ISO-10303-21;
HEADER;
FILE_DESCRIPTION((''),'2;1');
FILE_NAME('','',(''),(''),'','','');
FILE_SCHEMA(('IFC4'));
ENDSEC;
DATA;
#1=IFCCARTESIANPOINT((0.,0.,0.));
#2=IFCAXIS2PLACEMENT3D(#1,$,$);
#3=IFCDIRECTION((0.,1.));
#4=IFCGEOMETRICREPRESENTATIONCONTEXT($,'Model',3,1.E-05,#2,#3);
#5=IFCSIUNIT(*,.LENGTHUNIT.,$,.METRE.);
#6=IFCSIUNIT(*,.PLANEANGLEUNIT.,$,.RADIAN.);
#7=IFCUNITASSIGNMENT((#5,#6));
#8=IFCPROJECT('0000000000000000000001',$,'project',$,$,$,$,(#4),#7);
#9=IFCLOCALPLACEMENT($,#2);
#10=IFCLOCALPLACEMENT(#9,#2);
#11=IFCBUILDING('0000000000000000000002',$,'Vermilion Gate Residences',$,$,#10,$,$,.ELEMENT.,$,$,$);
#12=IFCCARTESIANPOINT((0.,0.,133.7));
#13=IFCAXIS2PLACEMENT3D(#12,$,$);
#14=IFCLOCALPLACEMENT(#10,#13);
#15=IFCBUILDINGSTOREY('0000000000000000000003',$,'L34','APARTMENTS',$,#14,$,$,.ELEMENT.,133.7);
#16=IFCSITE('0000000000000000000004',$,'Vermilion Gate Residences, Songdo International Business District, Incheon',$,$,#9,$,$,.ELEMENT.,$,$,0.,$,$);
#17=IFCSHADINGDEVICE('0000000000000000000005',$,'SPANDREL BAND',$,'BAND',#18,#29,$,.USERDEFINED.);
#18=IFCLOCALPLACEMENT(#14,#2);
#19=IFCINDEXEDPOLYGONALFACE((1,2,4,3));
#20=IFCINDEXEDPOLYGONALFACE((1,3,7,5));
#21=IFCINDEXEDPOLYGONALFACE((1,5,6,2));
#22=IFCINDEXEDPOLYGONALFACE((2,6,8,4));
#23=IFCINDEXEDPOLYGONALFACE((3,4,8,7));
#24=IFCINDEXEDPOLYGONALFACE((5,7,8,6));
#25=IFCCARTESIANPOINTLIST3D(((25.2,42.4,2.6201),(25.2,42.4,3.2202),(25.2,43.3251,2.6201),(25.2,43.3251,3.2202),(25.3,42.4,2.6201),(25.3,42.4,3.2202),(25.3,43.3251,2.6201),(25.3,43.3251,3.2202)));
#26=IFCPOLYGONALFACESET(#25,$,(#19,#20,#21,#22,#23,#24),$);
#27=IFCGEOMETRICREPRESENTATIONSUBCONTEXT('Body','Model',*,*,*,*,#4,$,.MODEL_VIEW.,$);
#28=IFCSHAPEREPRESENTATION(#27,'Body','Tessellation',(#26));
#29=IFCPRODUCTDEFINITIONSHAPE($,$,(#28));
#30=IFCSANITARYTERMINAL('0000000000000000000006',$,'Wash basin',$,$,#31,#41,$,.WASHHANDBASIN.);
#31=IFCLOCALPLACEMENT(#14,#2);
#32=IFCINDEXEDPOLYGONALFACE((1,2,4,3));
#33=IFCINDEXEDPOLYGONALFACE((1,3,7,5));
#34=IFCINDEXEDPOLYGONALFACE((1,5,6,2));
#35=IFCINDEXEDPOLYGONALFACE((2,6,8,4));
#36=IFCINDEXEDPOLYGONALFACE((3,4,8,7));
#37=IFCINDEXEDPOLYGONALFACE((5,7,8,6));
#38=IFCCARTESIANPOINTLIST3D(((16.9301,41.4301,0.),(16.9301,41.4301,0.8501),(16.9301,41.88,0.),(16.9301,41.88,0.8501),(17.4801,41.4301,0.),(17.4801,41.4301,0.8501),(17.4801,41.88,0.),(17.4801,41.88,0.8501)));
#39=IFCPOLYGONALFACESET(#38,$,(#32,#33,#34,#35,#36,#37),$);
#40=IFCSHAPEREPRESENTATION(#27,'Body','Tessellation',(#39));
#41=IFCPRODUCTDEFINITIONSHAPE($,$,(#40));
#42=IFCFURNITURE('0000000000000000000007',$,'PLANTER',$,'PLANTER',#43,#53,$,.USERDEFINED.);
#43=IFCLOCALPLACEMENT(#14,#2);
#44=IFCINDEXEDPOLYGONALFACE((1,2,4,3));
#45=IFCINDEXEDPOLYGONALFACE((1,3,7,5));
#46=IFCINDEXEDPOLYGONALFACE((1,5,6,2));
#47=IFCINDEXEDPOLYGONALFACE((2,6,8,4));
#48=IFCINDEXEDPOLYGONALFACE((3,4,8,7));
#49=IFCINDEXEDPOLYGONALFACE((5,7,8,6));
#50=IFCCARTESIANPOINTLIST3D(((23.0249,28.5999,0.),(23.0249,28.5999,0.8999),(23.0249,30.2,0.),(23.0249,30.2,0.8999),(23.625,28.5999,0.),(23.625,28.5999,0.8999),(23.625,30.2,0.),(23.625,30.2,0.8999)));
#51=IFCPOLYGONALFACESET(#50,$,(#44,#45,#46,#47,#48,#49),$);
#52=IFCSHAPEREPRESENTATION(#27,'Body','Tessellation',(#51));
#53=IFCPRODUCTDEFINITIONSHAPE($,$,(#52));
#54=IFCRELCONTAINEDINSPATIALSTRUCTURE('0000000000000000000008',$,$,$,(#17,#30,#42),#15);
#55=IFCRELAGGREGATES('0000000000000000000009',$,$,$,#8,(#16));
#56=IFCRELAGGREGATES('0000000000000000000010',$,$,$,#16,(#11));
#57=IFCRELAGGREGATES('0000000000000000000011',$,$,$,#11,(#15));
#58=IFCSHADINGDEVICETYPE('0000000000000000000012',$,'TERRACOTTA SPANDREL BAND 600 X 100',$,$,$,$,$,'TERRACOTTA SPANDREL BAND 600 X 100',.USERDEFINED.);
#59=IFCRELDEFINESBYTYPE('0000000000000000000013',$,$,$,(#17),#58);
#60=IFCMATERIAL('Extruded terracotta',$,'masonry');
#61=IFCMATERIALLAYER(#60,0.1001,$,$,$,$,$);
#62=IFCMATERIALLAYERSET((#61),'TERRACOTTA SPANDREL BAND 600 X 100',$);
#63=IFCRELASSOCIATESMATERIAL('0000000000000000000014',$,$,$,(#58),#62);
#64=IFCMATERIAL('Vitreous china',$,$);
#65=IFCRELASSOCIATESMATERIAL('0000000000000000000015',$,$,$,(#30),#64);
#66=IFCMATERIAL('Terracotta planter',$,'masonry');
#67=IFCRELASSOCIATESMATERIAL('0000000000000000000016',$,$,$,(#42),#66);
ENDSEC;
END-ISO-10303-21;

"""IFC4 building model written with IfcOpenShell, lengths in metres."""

from ifc_helpers import new_model, si_unit, direction, frame, origin, origin_2d, place, context, subcontext, project, spatial, rectangle, extrude, material, layer, layer_set, type_object, element, save


model = new_model("IFC4")

# Units and contexts
model_context = context("Model", 3, precision=1e-05, world=origin(), true_north=direction((0.0, 1.0)))
body_context = subcontext(model_context, "Body", "Model", "MODEL_VIEW")
ifc_project = project(units=[si_unit("LENGTHUNIT", "METRE"), si_unit("PLANEANGLEUNIT", "RADIAN")], contexts=[model_context])

# Site, building, storey
site_placement = place(None, origin())
site = spatial("IfcSite", under=ifc_project, at=site_placement, Name="Vermilion Gate Residences, Songdo International Business District, Incheon", CompositionType="ELEMENT", RefElevation=0.0)
building_placement = place(site_placement, origin())
building = spatial("IfcBuilding", under=site, at=building_placement, Name="Vermilion Gate Residences", CompositionType="ELEMENT")
storey_placement = place(building_placement, frame((0.0, 0.0, 133.7)))
storey = spatial("IfcBuildingStorey", under=building, at=storey_placement, Name="L34", Description="APARTMENTS", CompositionType="ELEMENT", Elevation=133.7)

# Shading device
ifc_material_1 = material(Name="Extruded terracotta", Category="masonry")
ifc_layer_1 = layer(ifc_material_1, 0.1001)
ifc_layer_set_1 = layer_set([ifc_layer_1], Name="TERRACOTTA SPANDREL BAND 600 X 100")
shading_device_type = type_object("IfcShadingDeviceType", Name="TERRACOTTA SPANDREL BAND 600 X 100", ElementType="TERRACOTTA SPANDREL BAND 600 X 100", PredefinedType="USERDEFINED", material=ifc_layer_set_1)
shading_device_placement = place(storey_placement, frame((25.25, 42.8625, 2.6201), z_axis=(0.0, 0.0, 1.0), x_axis=(0.0, 1.0, 0.0)))
element("IfcShadingDevice", 1, at=shading_device_placement, inside=storey, type_object=shading_device_type, Name="SPANDREL BAND", ObjectType="BAND", PredefinedType="USERDEFINED", context=body_context, shape_type="SweptSolid", body=[
    extrude(rectangle(XDim=0.925, YDim=0.1001, at=origin_2d()), origin(), (0.0, 0.0, 1.0), 0.6001),
])

# Sanitary terminal
ifc_material_2 = material(Name="Vitreous china")
sanitary_terminal_placement = place(storey_placement, frame((17.2051, 41.655, 0.0), z_axis=(0.0, 0.0, 1.0), x_axis=(1.0, 0.0, 0.0)))
element("IfcSanitaryTerminal", 2, at=sanitary_terminal_placement, inside=storey, material=ifc_material_2, Name="Wash basin", PredefinedType="WASHHANDBASIN", context=body_context, shape_type="SweptSolid", body=[
    extrude(rectangle(XDim=0.55, YDim=0.45, at=origin_2d()), origin(), (0.0, 0.0, 1.0), 0.8501),
])

# Furniture
ifc_material_3 = material(Name="Terracotta planter", Category="masonry")
furniture_placement = place(storey_placement, frame((23.325, 29.3999, 0.0), z_axis=(0.0, 0.0, 1.0), x_axis=(0.0, 1.0, 0.0)))
element("IfcFurniture", 3, at=furniture_placement, inside=storey, material=ifc_material_3, Name="PLANTER", ObjectType="PLANTER", PredefinedType="USERDEFINED", context=body_context, shape_type="SweptSolid", body=[
    extrude(rectangle(XDim=1.6001, YDim=0.6001, at=origin_2d()), origin(), (0.0, 0.0, 1.0), 0.8999),
])

save(model, "model.ifc")
